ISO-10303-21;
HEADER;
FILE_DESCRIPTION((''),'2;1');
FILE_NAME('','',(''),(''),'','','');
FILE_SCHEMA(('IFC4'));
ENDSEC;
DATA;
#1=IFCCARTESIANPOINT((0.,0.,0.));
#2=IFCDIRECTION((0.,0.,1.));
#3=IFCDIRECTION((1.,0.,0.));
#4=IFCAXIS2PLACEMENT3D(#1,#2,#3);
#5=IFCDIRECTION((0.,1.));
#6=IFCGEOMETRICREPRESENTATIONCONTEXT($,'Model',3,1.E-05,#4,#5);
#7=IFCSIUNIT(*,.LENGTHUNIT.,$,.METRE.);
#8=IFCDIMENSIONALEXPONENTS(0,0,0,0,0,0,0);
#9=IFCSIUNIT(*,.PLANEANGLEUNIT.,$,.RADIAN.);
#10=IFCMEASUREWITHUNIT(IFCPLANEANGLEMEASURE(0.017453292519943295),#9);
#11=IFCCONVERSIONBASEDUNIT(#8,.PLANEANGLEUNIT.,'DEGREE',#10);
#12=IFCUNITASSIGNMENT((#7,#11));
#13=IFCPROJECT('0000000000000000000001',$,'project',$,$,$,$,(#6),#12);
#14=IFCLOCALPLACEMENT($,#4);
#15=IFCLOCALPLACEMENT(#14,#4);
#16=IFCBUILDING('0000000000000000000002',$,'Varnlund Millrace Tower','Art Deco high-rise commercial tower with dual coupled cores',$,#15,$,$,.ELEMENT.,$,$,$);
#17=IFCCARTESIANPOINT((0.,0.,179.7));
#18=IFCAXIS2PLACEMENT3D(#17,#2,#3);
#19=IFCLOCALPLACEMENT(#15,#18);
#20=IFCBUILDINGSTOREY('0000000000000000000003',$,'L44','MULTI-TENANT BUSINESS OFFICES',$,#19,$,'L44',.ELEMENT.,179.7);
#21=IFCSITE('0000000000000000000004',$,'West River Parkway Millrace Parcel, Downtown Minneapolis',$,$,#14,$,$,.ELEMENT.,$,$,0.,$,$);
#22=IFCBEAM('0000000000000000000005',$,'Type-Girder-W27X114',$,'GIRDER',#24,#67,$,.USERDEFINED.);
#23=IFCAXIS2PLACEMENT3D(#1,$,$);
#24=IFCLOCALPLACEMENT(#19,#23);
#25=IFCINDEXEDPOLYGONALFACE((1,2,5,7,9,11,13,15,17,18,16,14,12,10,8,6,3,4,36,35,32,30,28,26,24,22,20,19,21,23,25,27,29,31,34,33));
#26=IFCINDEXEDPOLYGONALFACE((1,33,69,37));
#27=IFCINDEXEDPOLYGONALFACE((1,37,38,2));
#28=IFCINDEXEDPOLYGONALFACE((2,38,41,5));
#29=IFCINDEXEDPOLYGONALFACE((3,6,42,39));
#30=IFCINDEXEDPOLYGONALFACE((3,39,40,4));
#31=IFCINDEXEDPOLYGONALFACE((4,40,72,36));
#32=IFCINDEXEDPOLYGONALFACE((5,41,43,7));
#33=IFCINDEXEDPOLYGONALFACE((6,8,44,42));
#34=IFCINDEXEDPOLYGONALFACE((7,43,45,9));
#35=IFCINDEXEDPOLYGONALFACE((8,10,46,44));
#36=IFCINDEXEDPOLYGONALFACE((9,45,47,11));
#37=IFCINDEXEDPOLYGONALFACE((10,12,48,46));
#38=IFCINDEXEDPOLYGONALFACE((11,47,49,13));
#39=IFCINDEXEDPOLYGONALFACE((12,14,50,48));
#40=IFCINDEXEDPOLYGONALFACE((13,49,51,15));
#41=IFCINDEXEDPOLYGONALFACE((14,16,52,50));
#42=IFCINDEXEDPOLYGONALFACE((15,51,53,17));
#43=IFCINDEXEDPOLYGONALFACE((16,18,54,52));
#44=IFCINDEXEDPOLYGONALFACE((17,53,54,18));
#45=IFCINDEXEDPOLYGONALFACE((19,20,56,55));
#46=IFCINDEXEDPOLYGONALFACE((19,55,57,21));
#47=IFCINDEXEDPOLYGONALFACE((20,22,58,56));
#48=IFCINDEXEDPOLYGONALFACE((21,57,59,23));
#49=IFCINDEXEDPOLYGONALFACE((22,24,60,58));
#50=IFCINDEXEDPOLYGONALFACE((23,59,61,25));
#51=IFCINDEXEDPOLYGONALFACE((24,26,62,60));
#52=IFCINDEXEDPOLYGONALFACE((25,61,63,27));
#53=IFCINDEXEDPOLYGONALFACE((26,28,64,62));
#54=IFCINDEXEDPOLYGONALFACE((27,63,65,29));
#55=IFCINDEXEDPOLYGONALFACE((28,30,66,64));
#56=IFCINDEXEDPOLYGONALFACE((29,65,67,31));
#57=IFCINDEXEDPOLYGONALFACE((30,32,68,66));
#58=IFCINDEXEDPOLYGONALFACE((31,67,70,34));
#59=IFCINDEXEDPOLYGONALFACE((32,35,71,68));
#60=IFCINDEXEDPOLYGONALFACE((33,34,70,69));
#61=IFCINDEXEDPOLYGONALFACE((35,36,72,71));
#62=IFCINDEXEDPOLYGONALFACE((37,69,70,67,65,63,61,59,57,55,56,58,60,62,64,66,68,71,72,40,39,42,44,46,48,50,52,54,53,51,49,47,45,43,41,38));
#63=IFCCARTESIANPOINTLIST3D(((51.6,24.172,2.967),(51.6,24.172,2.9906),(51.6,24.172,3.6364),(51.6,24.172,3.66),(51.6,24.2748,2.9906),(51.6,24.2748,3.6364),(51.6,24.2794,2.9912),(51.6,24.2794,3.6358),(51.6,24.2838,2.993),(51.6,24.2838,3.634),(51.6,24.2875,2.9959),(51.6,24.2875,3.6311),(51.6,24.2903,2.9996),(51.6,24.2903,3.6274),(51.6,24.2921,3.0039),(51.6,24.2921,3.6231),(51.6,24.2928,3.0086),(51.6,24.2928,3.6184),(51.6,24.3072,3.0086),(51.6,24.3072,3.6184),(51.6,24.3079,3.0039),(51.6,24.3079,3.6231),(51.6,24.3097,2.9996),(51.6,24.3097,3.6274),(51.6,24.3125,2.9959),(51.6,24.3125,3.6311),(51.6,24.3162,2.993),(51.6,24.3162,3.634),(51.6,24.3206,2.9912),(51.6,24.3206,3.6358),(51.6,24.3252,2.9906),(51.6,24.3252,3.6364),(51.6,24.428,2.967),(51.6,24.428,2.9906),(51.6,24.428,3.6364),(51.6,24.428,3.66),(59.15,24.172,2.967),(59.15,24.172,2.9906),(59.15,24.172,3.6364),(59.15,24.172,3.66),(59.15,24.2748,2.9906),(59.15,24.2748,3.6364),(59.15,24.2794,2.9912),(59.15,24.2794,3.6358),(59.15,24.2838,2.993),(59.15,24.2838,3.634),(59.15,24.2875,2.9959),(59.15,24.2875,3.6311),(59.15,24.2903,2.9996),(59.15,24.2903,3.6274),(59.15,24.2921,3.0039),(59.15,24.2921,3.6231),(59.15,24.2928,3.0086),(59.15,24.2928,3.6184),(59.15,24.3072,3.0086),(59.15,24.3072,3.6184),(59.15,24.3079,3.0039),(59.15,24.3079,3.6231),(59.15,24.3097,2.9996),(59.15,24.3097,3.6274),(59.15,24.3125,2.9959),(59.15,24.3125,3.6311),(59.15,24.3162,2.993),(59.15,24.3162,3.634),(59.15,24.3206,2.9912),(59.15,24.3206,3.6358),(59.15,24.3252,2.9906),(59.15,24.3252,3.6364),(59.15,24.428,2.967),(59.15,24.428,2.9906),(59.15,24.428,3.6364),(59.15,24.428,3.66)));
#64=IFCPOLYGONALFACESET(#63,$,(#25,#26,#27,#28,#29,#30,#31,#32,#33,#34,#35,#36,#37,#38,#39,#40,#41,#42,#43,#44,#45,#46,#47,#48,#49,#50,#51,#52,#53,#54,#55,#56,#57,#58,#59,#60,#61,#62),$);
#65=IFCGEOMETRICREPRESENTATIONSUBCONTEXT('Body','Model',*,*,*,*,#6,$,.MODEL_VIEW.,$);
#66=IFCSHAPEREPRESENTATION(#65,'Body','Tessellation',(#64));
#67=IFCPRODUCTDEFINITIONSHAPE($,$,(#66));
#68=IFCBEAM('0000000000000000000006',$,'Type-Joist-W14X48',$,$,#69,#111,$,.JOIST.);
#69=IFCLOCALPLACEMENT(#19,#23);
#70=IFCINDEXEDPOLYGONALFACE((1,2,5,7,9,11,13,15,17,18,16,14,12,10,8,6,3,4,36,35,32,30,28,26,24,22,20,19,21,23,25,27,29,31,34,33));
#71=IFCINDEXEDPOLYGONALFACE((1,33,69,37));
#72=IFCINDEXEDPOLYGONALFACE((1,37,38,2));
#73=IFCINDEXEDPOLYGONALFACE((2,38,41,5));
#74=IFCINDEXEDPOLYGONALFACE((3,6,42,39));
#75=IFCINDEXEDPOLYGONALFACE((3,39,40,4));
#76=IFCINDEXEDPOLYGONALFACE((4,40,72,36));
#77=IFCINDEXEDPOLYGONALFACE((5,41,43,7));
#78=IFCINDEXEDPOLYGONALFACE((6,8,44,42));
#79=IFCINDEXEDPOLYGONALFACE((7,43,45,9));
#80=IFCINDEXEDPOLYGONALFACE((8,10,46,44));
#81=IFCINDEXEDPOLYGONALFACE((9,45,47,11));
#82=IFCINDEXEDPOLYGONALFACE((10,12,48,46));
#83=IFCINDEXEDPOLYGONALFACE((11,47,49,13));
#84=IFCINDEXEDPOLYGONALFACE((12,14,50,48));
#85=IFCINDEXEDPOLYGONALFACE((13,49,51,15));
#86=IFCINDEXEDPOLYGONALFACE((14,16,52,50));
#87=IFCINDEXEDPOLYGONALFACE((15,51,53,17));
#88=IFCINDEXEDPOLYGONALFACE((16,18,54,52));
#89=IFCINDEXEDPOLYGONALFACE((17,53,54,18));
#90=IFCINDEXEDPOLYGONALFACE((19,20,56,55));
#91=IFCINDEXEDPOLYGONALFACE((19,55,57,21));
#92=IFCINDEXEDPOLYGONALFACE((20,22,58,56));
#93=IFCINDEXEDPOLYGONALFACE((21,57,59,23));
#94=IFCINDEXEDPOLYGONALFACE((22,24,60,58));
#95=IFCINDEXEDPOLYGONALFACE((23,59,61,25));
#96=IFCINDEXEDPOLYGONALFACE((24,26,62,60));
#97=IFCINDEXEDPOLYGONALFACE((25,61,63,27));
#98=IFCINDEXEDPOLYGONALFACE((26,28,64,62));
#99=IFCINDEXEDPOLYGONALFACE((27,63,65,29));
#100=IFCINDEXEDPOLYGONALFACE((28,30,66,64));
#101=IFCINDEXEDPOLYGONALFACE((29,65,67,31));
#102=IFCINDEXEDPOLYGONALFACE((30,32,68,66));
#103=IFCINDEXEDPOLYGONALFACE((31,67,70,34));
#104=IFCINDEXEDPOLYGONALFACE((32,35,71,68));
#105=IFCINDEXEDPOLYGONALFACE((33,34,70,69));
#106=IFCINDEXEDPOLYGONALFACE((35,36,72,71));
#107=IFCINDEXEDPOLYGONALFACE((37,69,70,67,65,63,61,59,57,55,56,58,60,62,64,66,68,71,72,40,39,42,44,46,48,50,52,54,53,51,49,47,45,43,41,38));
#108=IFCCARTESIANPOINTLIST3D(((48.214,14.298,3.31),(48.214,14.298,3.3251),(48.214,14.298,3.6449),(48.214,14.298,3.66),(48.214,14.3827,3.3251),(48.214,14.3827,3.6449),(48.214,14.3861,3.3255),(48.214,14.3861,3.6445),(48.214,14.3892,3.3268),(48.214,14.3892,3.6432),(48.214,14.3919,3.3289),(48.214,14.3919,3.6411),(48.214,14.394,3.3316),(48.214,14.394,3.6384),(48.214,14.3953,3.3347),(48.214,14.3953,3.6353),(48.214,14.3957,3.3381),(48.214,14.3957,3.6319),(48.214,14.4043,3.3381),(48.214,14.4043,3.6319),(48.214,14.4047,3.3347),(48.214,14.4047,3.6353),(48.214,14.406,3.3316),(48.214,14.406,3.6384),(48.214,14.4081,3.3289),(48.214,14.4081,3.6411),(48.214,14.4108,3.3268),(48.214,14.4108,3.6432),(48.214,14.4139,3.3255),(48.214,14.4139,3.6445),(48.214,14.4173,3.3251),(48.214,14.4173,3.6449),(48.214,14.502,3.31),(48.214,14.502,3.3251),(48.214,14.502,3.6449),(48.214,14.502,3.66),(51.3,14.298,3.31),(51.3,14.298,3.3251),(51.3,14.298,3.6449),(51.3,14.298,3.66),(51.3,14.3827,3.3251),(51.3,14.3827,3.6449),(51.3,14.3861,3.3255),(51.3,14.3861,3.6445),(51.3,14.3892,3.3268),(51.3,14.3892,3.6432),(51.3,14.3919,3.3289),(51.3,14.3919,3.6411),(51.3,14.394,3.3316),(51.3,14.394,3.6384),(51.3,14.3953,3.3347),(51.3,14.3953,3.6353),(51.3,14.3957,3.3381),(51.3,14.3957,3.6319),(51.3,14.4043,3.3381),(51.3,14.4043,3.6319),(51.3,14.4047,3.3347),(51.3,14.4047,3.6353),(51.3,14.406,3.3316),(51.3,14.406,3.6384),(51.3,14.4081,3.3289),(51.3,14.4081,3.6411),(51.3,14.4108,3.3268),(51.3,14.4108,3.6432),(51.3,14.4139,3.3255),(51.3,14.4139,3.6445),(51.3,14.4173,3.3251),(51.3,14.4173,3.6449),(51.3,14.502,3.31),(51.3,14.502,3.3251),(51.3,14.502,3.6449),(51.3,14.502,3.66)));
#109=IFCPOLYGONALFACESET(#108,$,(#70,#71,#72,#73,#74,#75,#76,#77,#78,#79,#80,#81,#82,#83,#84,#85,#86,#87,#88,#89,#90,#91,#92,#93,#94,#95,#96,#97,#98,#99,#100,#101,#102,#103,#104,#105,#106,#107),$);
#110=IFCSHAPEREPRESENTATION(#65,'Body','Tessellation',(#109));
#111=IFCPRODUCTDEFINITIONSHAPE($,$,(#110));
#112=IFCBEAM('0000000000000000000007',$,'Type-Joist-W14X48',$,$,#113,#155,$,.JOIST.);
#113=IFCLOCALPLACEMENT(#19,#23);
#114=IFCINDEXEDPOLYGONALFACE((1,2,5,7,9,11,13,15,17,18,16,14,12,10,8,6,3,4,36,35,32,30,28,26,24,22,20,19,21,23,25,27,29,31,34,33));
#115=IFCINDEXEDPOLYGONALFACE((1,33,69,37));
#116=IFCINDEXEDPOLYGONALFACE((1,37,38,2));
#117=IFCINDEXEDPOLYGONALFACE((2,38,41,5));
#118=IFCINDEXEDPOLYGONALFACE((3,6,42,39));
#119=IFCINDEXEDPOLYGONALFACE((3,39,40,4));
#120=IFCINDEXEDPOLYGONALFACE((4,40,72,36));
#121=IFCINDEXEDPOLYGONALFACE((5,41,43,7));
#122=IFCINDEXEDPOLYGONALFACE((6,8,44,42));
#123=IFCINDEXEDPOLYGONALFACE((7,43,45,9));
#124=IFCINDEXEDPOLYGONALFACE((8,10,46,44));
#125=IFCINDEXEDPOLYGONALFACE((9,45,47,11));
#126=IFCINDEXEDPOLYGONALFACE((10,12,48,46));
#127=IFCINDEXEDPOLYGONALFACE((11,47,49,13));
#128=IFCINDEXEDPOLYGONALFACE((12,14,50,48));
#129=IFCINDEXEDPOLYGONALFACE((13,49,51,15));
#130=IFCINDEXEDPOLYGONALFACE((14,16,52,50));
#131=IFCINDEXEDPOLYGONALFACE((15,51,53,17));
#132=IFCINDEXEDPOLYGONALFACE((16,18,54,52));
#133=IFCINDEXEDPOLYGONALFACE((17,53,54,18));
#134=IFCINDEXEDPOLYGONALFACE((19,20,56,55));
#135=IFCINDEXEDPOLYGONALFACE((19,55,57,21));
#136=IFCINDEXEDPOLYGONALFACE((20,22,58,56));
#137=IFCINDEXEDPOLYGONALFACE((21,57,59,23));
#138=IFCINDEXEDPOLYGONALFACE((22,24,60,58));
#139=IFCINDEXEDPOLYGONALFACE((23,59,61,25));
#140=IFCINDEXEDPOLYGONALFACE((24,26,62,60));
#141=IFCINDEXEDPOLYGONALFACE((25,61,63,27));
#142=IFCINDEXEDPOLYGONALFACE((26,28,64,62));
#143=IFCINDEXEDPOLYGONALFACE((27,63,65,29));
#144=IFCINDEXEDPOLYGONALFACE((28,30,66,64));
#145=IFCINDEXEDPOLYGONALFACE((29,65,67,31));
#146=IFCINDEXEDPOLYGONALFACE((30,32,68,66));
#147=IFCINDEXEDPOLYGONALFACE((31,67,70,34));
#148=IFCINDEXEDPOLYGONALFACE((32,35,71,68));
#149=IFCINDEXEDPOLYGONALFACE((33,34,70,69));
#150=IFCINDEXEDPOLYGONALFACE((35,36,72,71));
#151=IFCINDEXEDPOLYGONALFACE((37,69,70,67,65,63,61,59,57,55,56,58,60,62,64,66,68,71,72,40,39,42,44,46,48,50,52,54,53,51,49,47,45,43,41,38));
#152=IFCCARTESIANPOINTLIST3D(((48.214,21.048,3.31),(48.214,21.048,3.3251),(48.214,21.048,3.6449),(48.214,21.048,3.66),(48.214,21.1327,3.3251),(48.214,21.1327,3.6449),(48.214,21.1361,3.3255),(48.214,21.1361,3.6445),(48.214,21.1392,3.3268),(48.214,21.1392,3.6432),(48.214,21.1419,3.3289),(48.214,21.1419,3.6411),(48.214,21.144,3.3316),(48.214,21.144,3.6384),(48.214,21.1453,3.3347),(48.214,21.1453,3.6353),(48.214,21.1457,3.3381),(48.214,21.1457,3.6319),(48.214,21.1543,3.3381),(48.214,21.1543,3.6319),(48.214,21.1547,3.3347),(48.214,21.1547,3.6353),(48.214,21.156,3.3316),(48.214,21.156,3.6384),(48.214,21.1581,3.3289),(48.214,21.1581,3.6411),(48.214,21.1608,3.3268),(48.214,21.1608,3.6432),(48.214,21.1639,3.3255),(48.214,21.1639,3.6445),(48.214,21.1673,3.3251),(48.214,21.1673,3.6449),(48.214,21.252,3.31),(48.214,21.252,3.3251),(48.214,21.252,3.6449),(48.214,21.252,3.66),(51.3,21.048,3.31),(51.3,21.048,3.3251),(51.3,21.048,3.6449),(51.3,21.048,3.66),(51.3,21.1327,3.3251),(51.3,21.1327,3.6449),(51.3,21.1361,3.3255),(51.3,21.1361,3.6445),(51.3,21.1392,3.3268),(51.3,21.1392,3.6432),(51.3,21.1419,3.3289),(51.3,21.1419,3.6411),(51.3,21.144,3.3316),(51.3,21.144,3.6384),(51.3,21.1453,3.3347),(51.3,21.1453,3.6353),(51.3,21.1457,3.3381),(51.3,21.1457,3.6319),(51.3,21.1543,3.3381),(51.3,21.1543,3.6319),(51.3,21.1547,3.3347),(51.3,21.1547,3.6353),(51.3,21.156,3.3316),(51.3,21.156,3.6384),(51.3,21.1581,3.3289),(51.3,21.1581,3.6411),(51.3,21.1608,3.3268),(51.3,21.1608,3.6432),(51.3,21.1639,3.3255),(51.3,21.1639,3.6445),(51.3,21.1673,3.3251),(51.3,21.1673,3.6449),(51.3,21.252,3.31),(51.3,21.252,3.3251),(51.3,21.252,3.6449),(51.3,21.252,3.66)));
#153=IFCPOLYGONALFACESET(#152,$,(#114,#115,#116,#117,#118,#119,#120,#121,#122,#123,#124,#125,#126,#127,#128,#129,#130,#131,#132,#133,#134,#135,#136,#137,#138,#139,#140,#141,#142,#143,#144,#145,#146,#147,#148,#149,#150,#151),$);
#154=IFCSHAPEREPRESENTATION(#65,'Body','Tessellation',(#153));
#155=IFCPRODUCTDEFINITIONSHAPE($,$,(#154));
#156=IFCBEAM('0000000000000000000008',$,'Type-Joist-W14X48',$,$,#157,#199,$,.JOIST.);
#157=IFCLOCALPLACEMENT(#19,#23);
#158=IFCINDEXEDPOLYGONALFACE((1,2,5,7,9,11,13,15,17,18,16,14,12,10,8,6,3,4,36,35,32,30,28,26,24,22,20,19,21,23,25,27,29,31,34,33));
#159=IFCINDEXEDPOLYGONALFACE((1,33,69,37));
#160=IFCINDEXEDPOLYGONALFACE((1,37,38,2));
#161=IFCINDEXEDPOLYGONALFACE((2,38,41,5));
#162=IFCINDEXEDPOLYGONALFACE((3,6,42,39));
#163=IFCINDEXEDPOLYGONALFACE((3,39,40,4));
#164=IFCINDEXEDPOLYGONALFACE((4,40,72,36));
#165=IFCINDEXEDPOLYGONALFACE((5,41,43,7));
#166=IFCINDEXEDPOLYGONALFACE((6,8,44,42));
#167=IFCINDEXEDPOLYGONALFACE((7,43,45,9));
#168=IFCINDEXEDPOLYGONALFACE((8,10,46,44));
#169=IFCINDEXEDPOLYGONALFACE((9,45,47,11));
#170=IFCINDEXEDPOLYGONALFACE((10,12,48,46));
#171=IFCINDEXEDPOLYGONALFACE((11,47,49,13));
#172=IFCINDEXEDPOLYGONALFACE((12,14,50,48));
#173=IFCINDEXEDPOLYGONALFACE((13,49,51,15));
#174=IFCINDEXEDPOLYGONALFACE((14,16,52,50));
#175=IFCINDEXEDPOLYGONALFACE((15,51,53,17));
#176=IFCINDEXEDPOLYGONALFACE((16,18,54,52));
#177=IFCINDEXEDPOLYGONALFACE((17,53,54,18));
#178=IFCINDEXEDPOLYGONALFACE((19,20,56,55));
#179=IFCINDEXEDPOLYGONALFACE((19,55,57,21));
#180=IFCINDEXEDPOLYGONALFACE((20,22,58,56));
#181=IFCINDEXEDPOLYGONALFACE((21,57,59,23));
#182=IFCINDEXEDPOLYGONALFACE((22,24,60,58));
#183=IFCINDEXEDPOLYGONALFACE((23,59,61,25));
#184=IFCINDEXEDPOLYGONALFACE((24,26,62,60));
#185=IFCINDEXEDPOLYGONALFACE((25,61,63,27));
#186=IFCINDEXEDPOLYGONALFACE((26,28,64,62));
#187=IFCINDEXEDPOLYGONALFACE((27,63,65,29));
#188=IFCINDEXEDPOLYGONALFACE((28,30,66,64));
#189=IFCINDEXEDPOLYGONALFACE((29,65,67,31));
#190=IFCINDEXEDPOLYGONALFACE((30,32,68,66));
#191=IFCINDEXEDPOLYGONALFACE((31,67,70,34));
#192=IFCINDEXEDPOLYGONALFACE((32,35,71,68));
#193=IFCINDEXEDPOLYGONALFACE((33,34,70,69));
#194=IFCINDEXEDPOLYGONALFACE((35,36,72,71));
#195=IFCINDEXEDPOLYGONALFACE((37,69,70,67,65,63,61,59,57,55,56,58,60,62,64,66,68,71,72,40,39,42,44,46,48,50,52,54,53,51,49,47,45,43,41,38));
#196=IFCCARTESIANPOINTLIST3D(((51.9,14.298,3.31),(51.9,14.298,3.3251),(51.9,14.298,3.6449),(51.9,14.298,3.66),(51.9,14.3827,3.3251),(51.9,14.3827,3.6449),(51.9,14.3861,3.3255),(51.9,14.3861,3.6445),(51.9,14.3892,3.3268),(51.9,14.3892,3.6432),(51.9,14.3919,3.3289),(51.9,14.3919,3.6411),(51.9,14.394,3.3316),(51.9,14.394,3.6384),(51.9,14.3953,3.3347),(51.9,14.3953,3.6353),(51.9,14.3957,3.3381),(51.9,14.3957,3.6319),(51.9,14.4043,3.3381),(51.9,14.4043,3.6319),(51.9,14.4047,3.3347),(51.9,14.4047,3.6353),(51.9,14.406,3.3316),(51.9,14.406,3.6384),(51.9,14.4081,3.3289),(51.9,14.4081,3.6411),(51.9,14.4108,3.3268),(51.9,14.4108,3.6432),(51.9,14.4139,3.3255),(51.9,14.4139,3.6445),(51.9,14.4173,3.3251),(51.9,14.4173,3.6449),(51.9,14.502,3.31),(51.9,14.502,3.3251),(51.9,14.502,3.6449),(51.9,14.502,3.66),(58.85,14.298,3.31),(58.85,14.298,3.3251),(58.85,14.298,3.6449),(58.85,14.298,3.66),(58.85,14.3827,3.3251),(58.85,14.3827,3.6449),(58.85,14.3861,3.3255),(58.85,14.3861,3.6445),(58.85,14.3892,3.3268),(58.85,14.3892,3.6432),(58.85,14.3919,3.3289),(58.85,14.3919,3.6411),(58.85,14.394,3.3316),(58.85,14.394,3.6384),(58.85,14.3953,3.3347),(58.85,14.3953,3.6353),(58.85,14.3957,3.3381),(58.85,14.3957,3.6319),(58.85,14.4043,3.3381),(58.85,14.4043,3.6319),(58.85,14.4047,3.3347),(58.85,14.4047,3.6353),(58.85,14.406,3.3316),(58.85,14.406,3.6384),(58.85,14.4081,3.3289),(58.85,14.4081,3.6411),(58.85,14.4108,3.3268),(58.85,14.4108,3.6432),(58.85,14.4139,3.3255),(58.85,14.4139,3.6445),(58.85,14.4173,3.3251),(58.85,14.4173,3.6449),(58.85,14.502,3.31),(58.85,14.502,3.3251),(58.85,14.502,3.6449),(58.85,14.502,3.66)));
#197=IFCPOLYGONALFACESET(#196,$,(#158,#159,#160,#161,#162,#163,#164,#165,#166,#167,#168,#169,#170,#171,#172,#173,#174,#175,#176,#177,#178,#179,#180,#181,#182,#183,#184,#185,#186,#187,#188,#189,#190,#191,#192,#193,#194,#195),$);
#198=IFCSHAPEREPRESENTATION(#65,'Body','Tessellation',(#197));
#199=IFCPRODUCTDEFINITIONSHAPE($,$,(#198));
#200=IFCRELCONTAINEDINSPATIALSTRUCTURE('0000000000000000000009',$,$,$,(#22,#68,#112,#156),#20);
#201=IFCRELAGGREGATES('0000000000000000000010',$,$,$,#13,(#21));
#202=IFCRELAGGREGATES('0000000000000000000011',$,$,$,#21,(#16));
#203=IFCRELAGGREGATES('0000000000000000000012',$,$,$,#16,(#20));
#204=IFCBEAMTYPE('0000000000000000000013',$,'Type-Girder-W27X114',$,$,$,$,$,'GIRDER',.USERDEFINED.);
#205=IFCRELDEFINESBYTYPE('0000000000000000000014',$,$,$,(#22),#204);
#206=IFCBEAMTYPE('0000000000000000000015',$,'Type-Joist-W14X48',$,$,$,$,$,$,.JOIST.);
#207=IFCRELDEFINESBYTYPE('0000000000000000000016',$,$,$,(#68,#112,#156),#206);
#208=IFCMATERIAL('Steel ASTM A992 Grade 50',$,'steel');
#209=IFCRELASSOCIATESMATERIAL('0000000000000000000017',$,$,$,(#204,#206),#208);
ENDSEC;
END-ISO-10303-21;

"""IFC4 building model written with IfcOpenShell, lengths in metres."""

from ifc_helpers import new_model, entity, si_unit, converted_unit, direction, frame, origin_with_axes, origin_2d_with_axis, place, context, subcontext, project, spatial, i_section, extrude, material, material_profile, profile_set, type_object, element, save


model = new_model("IFC4")

# Units and contexts
model_context = context("Model", 3, precision=1e-05, world=origin_with_axes(), true_north=direction((0.0, 1.0)))
body_context = subcontext(model_context, "Body", "Model", "MODEL_VIEW")
ifc_project = project(units=[si_unit("LENGTHUNIT", "METRE"), converted_unit("PLANEANGLEUNIT", "DEGREE", entity("IfcPlaneAngleMeasure", 0.017453292519943295), si_unit("PLANEANGLEUNIT", "RADIAN"), dimensions=[0, 0, 0, 0, 0, 0, 0])], contexts=[model_context])

# Site, building, storey
site_placement = place(None, origin_with_axes())
site = spatial("IfcSite", under=ifc_project, at=site_placement, Name="West River Parkway Millrace Parcel, Downtown Minneapolis", CompositionType="ELEMENT", RefElevation=0.0)
building_placement = place(site_placement, origin_with_axes())
building = spatial("IfcBuilding", under=site, at=building_placement, Name="Varnlund Millrace Tower", Description="Art Deco high-rise commercial tower with dual coupled cores", CompositionType="ELEMENT")
storey_placement = place(building_placement, frame((0.0, 0.0, 179.7), z_axis=(0.0, 0.0, 1.0), x_axis=(1.0, 0.0, 0.0)))
storey = spatial("IfcBuildingStorey", under=building, at=storey_placement, Name="L44", Description="MULTI-TENANT BUSINESS OFFICES", LongName="L44", CompositionType="ELEMENT", Elevation=179.7)

# Beams
ifc_material_1 = material(Name="Steel ASTM A992 Grade 50", Category="steel")
ifc_material_profile_1 = material_profile(ifc_material_1, i_section(OverallWidth=0.256, OverallDepth=0.693, WebThickness=0.0145, FlangeThickness=0.0236, FilletRadius=0.018, at=origin_2d_with_axis()), Name="Steel ASTM A992 Grade 50")
ifc_profile_set_1 = profile_set([ifc_material_profile_1], Name="Steel ASTM A992 Grade 50")
beam_type_1 = type_object("IfcBeamType", Name="Type-Girder-W27X114", ElementType="GIRDER", PredefinedType="USERDEFINED", material=ifc_profile_set_1)
beam_1_placement = place(storey_placement, frame((51.6, 24.3, 3.3135), z_axis=(1.0, 0.0, 0.0), x_axis=(0.0, 1.0, 0.0)))
element("IfcBeam", 1, at=beam_1_placement, inside=storey, type_object=beam_type_1, Name="Type-Girder-W27X114", ObjectType="GIRDER", PredefinedType="USERDEFINED", context=body_context, shape_type="SweptSolid", body=[
    extrude(i_section(OverallWidth=0.256, OverallDepth=0.693, WebThickness=0.0145, FlangeThickness=0.0236, FilletRadius=0.018, at=origin_2d_with_axis()), origin_with_axes(), (0.0, 0.0, 1.0), 7.55),
])
ifc_material_profile_2 = material_profile(ifc_material_1, i_section(OverallWidth=0.204, OverallDepth=0.35, WebThickness=0.0086, FlangeThickness=0.0151, FilletRadius=0.013, at=origin_2d_with_axis()), Name="Steel ASTM A992 Grade 50")
ifc_profile_set_2 = profile_set([ifc_material_profile_2], Name="Steel ASTM A992 Grade 50")
beam_type_2 = type_object("IfcBeamType", Name="Type-Joist-W14X48", PredefinedType="JOIST", material=ifc_profile_set_2)
for number, where, z_axis, x_axis, name in (
    (2, (48.214, 14.4, 3.485), (1.0, 0.0, 0.0), (0.0, 1.0, 0.0), "Type-Joist-W14X48"),
    (3, (48.214, 21.15, 3.485), (1.0, 0.0, 0.0), (0.0, 1.0, 0.0), "Type-Joist-W14X48"),
):
    element("IfcBeam", number, at=place(storey_placement, frame(where, z_axis=z_axis, x_axis=x_axis)), inside=storey, type_object=beam_type_2, Name=name, PredefinedType="JOIST", context=body_context, shape_type="SweptSolid", body=[
        extrude(i_section(OverallWidth=0.204, OverallDepth=0.35, WebThickness=0.0086, FlangeThickness=0.0151, FilletRadius=0.013, at=origin_2d_with_axis()), origin_with_axes(), (0.0, 0.0, 1.0), 3.086),
    ])
for number, where, z_axis, x_axis, name in (
    (4, (51.9, 14.4, 3.485), (1.0, 0.0, 0.0), (0.0, 1.0, 0.0), "Type-Joist-W14X48"),
):
    element("IfcBeam", number, at=place(storey_placement, frame(where, z_axis=z_axis, x_axis=x_axis)), inside=storey, type_object=beam_type_2, Name=name, PredefinedType="JOIST", context=body_context, shape_type="SweptSolid", body=[
        extrude(i_section(OverallWidth=0.204, OverallDepth=0.35, WebThickness=0.0086, FlangeThickness=0.0151, FilletRadius=0.013, at=origin_2d_with_axis()), origin_with_axes(), (0.0, 0.0, 1.0), 6.95),
    ])

save(model, "model.ifc")
